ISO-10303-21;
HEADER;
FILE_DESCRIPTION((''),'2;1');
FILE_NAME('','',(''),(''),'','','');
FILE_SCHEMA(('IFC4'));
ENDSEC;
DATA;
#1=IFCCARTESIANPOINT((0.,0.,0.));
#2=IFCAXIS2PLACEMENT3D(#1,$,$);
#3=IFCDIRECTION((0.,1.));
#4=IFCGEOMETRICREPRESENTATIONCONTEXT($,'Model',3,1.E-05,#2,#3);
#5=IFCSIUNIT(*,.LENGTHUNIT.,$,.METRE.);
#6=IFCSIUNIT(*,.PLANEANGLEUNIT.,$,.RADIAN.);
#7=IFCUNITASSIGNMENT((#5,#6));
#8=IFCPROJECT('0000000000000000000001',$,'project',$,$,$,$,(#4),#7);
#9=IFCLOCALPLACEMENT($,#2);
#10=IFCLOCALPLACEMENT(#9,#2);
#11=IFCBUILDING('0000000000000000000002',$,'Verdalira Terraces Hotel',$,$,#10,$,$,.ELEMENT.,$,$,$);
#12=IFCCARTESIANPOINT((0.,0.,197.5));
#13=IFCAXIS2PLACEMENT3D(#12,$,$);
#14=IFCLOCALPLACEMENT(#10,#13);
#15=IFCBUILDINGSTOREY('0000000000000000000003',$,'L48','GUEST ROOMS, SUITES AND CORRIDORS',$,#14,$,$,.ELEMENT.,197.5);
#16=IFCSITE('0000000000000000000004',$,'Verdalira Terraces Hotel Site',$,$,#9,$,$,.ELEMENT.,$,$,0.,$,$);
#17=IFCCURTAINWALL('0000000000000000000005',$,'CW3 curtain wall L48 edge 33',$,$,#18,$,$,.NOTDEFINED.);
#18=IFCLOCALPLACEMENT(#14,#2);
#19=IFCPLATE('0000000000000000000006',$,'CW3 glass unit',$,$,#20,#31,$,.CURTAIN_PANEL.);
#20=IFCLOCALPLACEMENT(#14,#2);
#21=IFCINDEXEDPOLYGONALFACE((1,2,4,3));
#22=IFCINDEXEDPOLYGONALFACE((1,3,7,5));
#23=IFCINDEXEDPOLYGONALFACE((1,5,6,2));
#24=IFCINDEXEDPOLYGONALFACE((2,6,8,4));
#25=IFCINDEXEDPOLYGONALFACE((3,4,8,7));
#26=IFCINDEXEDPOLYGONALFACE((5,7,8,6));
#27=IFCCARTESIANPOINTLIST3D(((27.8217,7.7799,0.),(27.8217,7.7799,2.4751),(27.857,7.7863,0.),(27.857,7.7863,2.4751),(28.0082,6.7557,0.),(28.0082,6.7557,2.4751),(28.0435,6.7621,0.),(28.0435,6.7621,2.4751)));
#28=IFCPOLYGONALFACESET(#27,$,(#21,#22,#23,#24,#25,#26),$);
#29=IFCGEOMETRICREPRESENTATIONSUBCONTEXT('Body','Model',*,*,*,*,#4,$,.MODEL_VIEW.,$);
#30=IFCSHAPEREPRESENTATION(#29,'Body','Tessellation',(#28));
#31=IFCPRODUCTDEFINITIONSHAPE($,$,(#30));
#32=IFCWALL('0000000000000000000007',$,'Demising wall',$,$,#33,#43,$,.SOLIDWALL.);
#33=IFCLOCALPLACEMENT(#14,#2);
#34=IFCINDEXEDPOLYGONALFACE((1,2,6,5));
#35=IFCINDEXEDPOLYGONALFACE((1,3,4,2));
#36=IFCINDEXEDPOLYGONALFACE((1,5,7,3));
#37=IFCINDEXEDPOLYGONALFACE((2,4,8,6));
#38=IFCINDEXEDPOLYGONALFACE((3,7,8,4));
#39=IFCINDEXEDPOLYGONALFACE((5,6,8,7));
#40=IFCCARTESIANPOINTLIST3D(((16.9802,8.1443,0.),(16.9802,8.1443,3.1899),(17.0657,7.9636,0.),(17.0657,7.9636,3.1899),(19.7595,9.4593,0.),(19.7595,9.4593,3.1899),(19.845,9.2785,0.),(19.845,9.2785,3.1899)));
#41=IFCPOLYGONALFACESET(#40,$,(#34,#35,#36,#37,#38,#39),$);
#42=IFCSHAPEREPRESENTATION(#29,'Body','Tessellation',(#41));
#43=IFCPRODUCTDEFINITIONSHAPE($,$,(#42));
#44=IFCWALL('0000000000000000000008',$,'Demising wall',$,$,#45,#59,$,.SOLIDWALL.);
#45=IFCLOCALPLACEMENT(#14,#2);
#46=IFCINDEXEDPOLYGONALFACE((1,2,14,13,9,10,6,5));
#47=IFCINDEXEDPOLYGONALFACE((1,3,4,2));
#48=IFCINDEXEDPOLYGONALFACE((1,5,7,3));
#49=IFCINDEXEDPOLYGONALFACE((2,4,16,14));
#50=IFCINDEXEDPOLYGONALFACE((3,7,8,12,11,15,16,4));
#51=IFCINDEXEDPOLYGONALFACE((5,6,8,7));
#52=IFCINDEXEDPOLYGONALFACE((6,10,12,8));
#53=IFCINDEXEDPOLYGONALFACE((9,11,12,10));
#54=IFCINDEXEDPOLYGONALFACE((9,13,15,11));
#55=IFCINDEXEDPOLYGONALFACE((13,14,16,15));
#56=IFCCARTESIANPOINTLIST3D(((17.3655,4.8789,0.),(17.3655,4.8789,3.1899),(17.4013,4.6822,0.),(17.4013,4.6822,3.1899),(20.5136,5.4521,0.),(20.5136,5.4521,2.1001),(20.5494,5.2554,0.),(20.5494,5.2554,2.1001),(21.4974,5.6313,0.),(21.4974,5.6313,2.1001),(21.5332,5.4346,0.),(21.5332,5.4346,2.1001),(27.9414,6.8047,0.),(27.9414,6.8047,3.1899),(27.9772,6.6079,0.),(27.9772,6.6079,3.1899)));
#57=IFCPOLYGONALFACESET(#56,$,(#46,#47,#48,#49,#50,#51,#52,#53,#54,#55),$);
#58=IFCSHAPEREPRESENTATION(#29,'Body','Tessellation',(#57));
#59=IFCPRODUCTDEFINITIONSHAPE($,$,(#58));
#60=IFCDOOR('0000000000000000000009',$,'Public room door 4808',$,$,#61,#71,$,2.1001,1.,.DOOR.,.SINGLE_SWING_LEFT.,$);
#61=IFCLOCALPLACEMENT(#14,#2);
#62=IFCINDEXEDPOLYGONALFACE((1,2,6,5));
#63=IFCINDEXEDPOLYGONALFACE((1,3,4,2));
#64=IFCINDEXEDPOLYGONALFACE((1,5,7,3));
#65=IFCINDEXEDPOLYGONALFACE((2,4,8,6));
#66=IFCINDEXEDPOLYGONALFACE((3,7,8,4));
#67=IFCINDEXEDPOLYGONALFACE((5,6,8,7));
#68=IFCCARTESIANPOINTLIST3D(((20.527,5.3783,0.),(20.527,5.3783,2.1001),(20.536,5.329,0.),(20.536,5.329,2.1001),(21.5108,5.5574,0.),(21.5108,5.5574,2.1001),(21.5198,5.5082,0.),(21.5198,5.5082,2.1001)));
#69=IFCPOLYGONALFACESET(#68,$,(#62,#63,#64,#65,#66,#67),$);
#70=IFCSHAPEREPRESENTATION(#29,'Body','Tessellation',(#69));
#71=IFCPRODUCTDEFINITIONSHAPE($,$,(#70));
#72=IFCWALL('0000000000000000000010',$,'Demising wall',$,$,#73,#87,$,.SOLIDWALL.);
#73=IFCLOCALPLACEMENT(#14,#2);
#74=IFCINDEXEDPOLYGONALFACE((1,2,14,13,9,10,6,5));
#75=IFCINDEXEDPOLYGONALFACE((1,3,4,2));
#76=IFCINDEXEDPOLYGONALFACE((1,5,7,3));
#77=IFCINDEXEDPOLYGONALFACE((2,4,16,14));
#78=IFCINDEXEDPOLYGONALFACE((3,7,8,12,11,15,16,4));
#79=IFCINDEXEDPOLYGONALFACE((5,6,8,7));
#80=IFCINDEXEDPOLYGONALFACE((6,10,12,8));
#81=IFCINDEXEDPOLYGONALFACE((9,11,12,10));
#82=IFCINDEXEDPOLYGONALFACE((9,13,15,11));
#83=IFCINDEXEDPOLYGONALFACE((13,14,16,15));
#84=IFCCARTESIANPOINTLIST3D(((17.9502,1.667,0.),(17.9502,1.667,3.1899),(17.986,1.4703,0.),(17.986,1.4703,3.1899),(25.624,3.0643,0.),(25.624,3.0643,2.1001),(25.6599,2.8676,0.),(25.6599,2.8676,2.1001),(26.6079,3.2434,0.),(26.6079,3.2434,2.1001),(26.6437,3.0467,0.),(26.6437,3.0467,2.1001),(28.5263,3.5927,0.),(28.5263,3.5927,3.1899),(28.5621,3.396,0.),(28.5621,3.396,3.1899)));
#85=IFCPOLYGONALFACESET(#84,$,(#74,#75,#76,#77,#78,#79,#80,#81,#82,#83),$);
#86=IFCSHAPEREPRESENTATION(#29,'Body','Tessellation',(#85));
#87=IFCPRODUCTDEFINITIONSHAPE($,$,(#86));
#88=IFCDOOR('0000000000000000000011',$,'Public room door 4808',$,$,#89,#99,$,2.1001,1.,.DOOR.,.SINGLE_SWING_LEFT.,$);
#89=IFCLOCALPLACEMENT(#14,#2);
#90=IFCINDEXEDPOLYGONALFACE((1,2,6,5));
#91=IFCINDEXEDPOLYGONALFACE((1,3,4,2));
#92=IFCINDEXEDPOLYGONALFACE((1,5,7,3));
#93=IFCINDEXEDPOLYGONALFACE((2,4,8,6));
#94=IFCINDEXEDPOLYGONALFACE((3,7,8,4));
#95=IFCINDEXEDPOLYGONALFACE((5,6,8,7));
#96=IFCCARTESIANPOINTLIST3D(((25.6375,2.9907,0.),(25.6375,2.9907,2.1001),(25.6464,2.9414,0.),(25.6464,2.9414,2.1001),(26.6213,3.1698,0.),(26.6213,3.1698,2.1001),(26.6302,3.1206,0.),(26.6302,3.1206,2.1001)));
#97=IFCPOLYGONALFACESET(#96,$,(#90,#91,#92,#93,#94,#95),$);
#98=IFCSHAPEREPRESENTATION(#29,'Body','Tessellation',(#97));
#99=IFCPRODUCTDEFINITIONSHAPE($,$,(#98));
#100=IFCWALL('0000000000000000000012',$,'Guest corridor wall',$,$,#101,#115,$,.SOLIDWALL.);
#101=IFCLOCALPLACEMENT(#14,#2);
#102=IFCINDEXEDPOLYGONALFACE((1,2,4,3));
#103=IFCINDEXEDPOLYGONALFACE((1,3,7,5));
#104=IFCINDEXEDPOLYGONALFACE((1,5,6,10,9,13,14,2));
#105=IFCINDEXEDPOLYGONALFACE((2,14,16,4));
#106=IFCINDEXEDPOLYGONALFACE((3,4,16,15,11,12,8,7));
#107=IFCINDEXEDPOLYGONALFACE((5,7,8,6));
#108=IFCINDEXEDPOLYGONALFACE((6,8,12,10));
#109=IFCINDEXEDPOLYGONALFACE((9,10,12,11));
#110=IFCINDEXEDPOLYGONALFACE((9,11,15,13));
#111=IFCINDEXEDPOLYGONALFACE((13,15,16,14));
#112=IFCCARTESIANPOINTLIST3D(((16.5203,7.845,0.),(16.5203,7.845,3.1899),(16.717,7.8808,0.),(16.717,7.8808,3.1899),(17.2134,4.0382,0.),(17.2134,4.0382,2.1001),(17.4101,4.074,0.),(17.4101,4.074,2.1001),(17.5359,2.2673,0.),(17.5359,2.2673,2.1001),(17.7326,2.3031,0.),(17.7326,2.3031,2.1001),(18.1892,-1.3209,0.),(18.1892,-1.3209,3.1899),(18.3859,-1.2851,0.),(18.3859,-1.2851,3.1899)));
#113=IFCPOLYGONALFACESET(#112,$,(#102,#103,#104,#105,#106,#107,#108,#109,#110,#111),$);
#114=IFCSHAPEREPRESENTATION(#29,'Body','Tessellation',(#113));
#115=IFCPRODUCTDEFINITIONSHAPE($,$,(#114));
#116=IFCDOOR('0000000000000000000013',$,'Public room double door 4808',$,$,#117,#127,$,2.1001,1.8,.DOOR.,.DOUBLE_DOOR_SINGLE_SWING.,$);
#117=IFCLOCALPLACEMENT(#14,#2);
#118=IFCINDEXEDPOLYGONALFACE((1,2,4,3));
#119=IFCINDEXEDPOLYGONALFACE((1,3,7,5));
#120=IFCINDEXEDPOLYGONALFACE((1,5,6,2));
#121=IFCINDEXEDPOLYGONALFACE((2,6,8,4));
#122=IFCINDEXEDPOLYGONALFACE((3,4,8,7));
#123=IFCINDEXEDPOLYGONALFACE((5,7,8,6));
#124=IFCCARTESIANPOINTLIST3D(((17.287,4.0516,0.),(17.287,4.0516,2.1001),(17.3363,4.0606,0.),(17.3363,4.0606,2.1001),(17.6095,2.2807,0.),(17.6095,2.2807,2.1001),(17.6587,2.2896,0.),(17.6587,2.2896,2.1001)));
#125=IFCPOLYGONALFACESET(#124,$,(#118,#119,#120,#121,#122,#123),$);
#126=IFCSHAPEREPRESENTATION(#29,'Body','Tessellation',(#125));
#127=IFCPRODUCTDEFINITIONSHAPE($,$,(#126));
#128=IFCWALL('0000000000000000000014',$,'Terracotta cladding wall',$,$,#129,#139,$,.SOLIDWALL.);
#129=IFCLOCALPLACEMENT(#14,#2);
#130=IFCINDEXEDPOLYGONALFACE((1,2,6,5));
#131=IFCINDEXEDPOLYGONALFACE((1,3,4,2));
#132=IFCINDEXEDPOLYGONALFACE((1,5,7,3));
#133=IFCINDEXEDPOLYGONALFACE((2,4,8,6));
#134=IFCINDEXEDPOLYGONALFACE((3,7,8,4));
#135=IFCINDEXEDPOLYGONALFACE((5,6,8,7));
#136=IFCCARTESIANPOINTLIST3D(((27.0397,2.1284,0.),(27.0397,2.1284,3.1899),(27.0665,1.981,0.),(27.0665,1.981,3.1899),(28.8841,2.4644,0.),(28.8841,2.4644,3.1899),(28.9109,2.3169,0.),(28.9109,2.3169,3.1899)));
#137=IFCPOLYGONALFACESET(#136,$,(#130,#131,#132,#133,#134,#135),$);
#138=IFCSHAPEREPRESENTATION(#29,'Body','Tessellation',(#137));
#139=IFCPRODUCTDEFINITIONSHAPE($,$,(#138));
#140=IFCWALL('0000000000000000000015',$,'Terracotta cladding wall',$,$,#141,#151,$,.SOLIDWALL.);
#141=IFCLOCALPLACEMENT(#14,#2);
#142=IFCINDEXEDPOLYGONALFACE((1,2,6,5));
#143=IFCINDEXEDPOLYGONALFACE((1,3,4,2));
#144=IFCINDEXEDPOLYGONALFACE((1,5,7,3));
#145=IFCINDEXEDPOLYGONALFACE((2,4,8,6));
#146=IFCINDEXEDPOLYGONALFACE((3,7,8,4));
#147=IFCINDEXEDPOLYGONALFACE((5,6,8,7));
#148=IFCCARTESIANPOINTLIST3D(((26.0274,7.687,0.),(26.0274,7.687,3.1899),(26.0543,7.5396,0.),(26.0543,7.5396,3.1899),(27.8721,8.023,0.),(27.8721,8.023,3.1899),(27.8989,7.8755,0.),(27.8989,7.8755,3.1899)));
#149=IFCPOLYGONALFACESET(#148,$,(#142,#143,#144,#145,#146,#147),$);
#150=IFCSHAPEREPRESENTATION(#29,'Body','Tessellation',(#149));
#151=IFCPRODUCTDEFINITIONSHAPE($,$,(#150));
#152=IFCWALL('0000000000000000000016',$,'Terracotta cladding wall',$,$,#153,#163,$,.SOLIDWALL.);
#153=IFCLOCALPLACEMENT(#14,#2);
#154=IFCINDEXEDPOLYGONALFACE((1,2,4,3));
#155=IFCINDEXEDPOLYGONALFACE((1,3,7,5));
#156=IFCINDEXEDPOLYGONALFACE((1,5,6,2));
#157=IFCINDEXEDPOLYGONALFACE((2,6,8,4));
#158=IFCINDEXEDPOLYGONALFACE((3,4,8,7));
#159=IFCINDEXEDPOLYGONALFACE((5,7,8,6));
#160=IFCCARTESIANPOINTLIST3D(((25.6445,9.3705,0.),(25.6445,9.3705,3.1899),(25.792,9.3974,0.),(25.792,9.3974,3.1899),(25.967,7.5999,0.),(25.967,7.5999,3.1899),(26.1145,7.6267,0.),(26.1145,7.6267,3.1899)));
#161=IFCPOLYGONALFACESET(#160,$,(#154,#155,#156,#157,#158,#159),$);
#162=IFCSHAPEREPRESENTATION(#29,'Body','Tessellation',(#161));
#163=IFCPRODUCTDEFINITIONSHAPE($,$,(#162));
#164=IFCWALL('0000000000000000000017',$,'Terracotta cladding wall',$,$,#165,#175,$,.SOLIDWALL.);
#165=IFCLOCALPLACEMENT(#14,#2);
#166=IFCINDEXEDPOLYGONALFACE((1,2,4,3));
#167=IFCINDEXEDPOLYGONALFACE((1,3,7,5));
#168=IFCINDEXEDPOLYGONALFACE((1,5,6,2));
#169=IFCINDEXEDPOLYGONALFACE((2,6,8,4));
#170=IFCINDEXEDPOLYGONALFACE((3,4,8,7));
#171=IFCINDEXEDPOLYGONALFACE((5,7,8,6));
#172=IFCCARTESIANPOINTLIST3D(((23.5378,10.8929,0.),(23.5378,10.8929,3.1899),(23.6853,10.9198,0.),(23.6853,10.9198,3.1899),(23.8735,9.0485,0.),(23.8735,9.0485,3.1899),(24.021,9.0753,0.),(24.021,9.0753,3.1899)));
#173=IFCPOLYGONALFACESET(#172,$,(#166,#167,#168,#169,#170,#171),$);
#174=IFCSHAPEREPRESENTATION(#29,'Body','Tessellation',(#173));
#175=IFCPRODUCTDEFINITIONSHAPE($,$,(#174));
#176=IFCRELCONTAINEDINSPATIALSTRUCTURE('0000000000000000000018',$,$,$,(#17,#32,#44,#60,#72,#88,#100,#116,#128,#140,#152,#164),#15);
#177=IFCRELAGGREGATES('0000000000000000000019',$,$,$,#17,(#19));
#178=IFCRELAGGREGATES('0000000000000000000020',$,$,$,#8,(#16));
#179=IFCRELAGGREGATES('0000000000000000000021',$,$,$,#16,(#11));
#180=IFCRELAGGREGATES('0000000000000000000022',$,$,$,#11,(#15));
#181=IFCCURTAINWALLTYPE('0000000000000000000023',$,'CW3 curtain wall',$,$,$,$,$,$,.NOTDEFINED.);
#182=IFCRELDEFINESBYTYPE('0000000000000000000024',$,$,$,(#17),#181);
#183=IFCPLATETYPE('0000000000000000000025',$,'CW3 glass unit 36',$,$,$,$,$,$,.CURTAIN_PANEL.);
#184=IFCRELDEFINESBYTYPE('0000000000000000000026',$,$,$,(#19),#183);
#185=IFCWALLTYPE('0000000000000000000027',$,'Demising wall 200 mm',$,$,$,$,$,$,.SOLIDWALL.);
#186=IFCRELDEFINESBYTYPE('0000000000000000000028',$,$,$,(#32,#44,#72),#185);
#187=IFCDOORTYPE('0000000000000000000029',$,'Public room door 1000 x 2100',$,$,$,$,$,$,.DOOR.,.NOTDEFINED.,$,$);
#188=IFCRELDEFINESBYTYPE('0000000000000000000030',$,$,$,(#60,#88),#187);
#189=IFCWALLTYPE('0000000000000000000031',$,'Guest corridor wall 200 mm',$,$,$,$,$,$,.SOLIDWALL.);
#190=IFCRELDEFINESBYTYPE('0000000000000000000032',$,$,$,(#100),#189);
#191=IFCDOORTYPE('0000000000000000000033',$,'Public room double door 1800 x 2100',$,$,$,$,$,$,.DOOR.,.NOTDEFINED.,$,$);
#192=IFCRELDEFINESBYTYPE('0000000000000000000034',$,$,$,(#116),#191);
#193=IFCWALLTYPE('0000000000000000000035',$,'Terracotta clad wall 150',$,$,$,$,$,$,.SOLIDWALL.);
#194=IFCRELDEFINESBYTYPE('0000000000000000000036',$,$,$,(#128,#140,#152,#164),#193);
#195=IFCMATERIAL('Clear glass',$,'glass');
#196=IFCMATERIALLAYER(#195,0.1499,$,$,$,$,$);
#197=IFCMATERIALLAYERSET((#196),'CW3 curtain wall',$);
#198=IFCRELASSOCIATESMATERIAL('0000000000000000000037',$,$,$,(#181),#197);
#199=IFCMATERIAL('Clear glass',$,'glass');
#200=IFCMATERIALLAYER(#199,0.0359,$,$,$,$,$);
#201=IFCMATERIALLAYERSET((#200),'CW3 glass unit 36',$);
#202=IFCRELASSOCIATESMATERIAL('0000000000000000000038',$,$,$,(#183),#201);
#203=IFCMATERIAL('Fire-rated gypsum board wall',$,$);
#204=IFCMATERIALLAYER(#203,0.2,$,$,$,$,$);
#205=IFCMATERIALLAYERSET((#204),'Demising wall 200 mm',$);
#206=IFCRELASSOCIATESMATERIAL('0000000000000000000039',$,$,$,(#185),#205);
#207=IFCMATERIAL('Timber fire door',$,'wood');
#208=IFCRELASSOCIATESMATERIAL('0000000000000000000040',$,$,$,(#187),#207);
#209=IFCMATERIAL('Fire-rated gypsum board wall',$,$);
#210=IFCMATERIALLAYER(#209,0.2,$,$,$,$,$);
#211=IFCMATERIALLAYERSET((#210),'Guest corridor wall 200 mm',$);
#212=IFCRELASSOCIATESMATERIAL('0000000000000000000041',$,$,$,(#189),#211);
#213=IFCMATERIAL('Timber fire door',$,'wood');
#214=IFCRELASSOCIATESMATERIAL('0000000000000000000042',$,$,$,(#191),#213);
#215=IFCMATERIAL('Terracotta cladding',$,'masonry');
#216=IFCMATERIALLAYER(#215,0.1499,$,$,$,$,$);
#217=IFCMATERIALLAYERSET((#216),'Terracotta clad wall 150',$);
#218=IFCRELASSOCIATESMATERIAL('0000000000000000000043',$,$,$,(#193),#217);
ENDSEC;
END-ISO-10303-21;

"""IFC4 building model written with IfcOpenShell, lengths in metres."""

from ifc_helpers import new_model, si_unit, direction, frame, frame_2d, origin, origin_2d, place, context, subcontext, project, spatial, rectangle, extrude, material, layer, layer_set, type_object, element, fill, aggregate, save


model = new_model("IFC4")

# Units and contexts
model_context = context("Model", 3, precision=1e-05, world=origin(), true_north=direction((0.0, 1.0)))
body_context = subcontext(model_context, "Body", "Model", "MODEL_VIEW")
ifc_project = project(units=[si_unit("LENGTHUNIT", "METRE"), si_unit("PLANEANGLEUNIT", "RADIAN")], contexts=[model_context])

# Site, building, storey
site_placement = place(None, origin())
site = spatial("IfcSite", under=ifc_project, at=site_placement, Name="Verdalira Terraces Hotel Site", CompositionType="ELEMENT", RefElevation=0.0)
building_placement = place(site_placement, origin())
building = spatial("IfcBuilding", under=site, at=building_placement, Name="Verdalira Terraces Hotel", CompositionType="ELEMENT")
storey_placement = place(building_placement, frame((0.0, 0.0, 197.5)))
storey = spatial("IfcBuildingStorey", under=building, at=storey_placement, Name="L48", Description="GUEST ROOMS, SUITES AND CORRIDORS", CompositionType="ELEMENT", Elevation=197.5)

# Curtain wall
ifc_material_1 = material(Name="Clear glass", Category="glass")
ifc_layer_1 = layer(ifc_material_1, 0.1499)
ifc_layer_set_1 = layer_set([ifc_layer_1], Name="CW3 curtain wall")
curtain_wall_type = type_object("IfcCurtainWallType", Name="CW3 curtain wall", PredefinedType="NOTDEFINED", material=ifc_layer_set_1)
curtain_wall_placement = place(storey_placement, origin())
curtain_wall = element("IfcCurtainWall", 1, at=curtain_wall_placement, inside=storey, type_object=curtain_wall_type, Name="CW3 curtain wall L48 edge 33", PredefinedType="NOTDEFINED")

# Plate
ifc_material_2 = material(Name="Clear glass", Category="glass")
ifc_layer_2 = layer(ifc_material_2, 0.0359)
ifc_layer_set_2 = layer_set([ifc_layer_2], Name="CW3 glass unit 36")
plate_type = type_object("IfcPlateType", Name="CW3 glass unit 36", PredefinedType="CURTAIN_PANEL", material=ifc_layer_set_2)
plate_1_placement = place(storey_placement, frame((27.9326, 7.271, 0.0), z_axis=(0.0, 0.0, 1.0), x_axis=(-0.179146, 0.983823, 0.0)))
plate_1 = element("IfcPlate", 2, at=plate_1_placement, type_object=plate_type, Name="CW3 glass unit", PredefinedType="CURTAIN_PANEL", context=body_context, shape_type="SweptSolid", body=[
    extrude(rectangle(XDim=1.041, YDim=0.0359, at=origin_2d()), origin(), (0.0, 0.0, 1.0), 2.4751),
])
aggregate(curtain_wall, [plate_1])

# Wall
ifc_material_3 = material(Name="Fire-rated gypsum board wall")
ifc_layer_3 = layer(ifc_material_3, 0.2)
ifc_layer_set_3 = layer_set([ifc_layer_3], Name="Demising wall 200 mm")
wall_type_1 = type_object("IfcWallType", Name="Demising wall 200 mm", PredefinedType="SOLIDWALL", material=ifc_layer_set_3)
wall_1_placement = place(storey_placement, frame((17.0229, 8.054, 0.0), z_axis=(0.0, 0.0, 1.0), x_axis=(0.903935, 0.42767, 0.0)))
element("IfcWall", 3, at=wall_1_placement, inside=storey, type_object=wall_type_1, Name="Demising wall", PredefinedType="SOLIDWALL", context=body_context, shape_type="SweptSolid", body=[
    extrude(rectangle(XDim=3.0747, YDim=0.2, at=frame_2d((1.5374, 0.0))), origin(), (0.0, 0.0, 1.0), 3.1899),
])

# Walls, openings, doors
wall_2_placement = place(storey_placement, frame((17.3833, 4.7805, 0.0), z_axis=(0.0, 0.0, 1.0), x_axis=(0.983823, 0.179145, 0.0)))
wall_2 = element("IfcWall", 4, at=wall_2_placement, inside=storey, type_object=wall_type_1, Name="Demising wall", PredefinedType="SOLIDWALL", context=body_context, shape_type="SweptSolid", body=[
    extrude(rectangle(XDim=10.7498, YDim=0.2, at=frame_2d((5.375, 0.0))), origin(), (0.0, 0.0, 1.0), 3.1899),
])
opening_1_placement = place(wall_2_placement, frame((3.2, 0.0, 0.0)))
opening_1 = element("IfcOpeningElement", 5, at=opening_1_placement, cuts=wall_2, PredefinedType="OPENING", context=body_context, shape_type="SweptSolid", body=[
    extrude(rectangle(XDim=1.0, YDim=2.1001, at=frame_2d((0.5, 1.05))), frame((0.0, 0.1099, 0.0), z_axis=(0.0, -1.0, 0.0), x_axis=(1.0, 0.0, 0.0)), (0.0, 0.0, 1.0), 0.22),
])
ifc_material_4 = material(Name="Timber fire door", Category="wood")
door_type_1 = type_object("IfcDoorType", Name="Public room door 1000 x 2100", OperationType="NOTDEFINED", PredefinedType="DOOR", material=ifc_material_4)
door_1_placement = place(opening_1_placement, origin())
door_1 = element("IfcDoor", 6, at=door_1_placement, inside=storey, type_object=door_type_1, Name="Public room door 4808", OperationType="SINGLE_SWING_LEFT", OverallHeight=2.1001, OverallWidth=1.0, PredefinedType="DOOR", context=body_context, shape_type="SweptSolid", body=[
    extrude(rectangle(XDim=1.0, YDim=2.1001, at=frame_2d((0.5, 1.05))), frame((0.0, 0.0249, 0.0), z_axis=(0.0, -1.0, 0.0), x_axis=(1.0, 0.0, 0.0)), (0.0, 0.0, 1.0), 0.05),
])
fill(opening_1, door_1)
wall_3_placement = place(storey_placement, frame((28.5442, 3.4944, 0.0), z_axis=(0.0, 0.0, 1.0), x_axis=(-0.983823, -0.179141, 0.0)))
wall_3 = element("IfcWall", 7, at=wall_3_placement, inside=storey, type_object=wall_type_1, Name="Demising wall", PredefinedType="SOLIDWALL", context=body_context, shape_type="SweptSolid", body=[
    extrude(rectangle(XDim=10.75, YDim=0.2, at=frame_2d((5.375, 0.0))), origin(), (0.0, 0.0, 1.0), 3.1899),
])
opening_2_placement = place(wall_3_placement, frame((1.95, 0.0, 0.0)))
opening_2 = element("IfcOpeningElement", 8, at=opening_2_placement, cuts=wall_3, PredefinedType="OPENING", context=body_context, shape_type="SweptSolid", body=[
    extrude(rectangle(XDim=1.0, YDim=2.1001, at=frame_2d((0.5, 1.05))), frame((0.0, 0.1099, 0.0), z_axis=(0.0, -1.0, 0.0), x_axis=(1.0, 0.0, 0.0)), (0.0, 0.0, 1.0), 0.22),
])
door_2_placement = place(opening_2_placement, origin())
door_2 = element("IfcDoor", 9, at=door_2_placement, inside=storey, type_object=door_type_1, Name="Public room door 4808", OperationType="SINGLE_SWING_LEFT", OverallHeight=2.1001, OverallWidth=1.0, PredefinedType="DOOR", context=body_context, shape_type="SweptSolid", body=[
    extrude(rectangle(XDim=1.0, YDim=2.1001, at=frame_2d((0.5, 1.05))), frame((0.0, 0.0249, 0.0), z_axis=(0.0, -1.0, 0.0), x_axis=(1.0, 0.0, 0.0)), (0.0, 0.0, 1.0), 0.05),
])
fill(opening_2, door_2)
ifc_material_5 = material(Name="Fire-rated gypsum board wall")
ifc_layer_4 = layer(ifc_material_5, 0.2)
ifc_layer_set_4 = layer_set([ifc_layer_4], Name="Guest corridor wall 200 mm")
wall_type_2 = type_object("IfcWallType", Name="Guest corridor wall 200 mm", PredefinedType="SOLIDWALL", material=ifc_layer_set_4)
wall_4_placement = place(storey_placement, frame((16.6187, 7.8628, 0.0), z_axis=(0.0, 0.0, 1.0), x_axis=(0.179134, -0.983825, 0.0)))
wall_4 = element("IfcWall", 10, at=wall_4_placement, inside=storey, type_object=wall_type_2, Name="Guest corridor wall", PredefinedType="SOLIDWALL", context=body_context, shape_type="SweptSolid", body=[
    extrude(rectangle(XDim=9.3166, YDim=0.2, at=frame_2d((4.6582, 0.0))), origin(), (0.0, 0.0, 1.0), 3.1899),
])
opening_3_placement = place(wall_4_placement, frame((3.8694, 0.0, 0.0)))
opening_3 = element("IfcOpeningElement", 11, at=opening_3_placement, cuts=wall_4, PredefinedType="OPENING", context=body_context, shape_type="SweptSolid", body=[
    extrude(rectangle(XDim=1.8, YDim=2.1001, at=frame_2d((0.8999, 1.05))), frame((0.0, 0.1099, 0.0), z_axis=(0.0, -1.0, 0.0), x_axis=(1.0, 0.0, 0.0)), (0.0, 0.0, 1.0), 0.22),
])
ifc_material_6 = material(Name="Timber fire door", Category="wood")
door_type_2 = type_object("IfcDoorType", Name="Public room double door 1800 x 2100", OperationType="NOTDEFINED", PredefinedType="DOOR", material=ifc_material_6)
door_3_placement = place(opening_3_placement, origin())
door_3 = element("IfcDoor", 12, at=door_3_placement, inside=storey, type_object=door_type_2, Name="Public room double door 4808", OperationType="DOUBLE_DOOR_SINGLE_SWING", OverallHeight=2.1001, OverallWidth=1.8, PredefinedType="DOOR", context=body_context, shape_type="SweptSolid", body=[
    extrude(rectangle(XDim=1.8, YDim=2.1001, at=frame_2d((0.8999, 1.05))), frame((0.0, 0.0249, 0.0), z_axis=(0.0, -1.0, 0.0), x_axis=(1.0, 0.0, 0.0)), (0.0, 0.0, 1.0), 0.05),
])
fill(opening_3, door_3)

# Walls
ifc_material_7 = material(Name="Terracotta cladding", Category="masonry")
ifc_layer_5 = layer(ifc_material_7, 0.1499)
ifc_layer_set_5 = layer_set([ifc_layer_5], Name="Terracotta clad wall 150")
wall_type_3 = type_object("IfcWallType", Name="Terracotta clad wall 150", PredefinedType="SOLIDWALL", material=ifc_layer_set_5)
wall_5_placement = place(storey_placement, frame((27.053, 2.0547, 0.0), z_axis=(0.0, 0.0, 1.0), x_axis=(0.983816, 0.179183, 0.0)))
element("IfcWall", 13, at=wall_5_placement, inside=storey, type_object=wall_type_3, Name="Terracotta cladding wall", PredefinedType="SOLIDWALL", context=body_context, shape_type="SweptSolid", body=[
    extrude(rectangle(XDim=1.8748, YDim=0.1499, at=frame_2d((0.9375, 0.0))), origin(), (0.0, 0.0, 1.0), 3.1899),
])
wall_6_placement = place(storey_placement, frame((27.8855, 7.9492, 0.0), z_axis=(0.0, 0.0, 1.0), x_axis=(-0.98382, -0.17916, 0.0)))
element("IfcWall", 14, at=wall_6_placement, inside=storey, type_object=wall_type_3, Name="Terracotta cladding wall", PredefinedType="SOLIDWALL", context=body_context, shape_type="SweptSolid", body=[
    extrude(rectangle(XDim=1.875, YDim=0.1499, at=frame_2d((0.9375, 0.0))), origin(), (0.0, 0.0, 1.0), 3.1899),
])
wall_7_placement = place(storey_placement, frame((26.0408, 7.6133, 0.0), z_axis=(0.0, 0.0, 1.0), x_axis=(-0.179184, 0.983816, 0.0)))
element("IfcWall", 15, at=wall_7_placement, inside=storey, type_object=wall_type_3, Name="Terracotta cladding wall", PredefinedType="SOLIDWALL", context=body_context, shape_type="SweptSolid", body=[
    extrude(rectangle(XDim=1.7998, YDim=0.1499, at=frame_2d((0.8999, 0.0))), origin(), (0.0, 0.0, 1.0), 3.1899),
])
wall_8_placement = place(storey_placement, frame((23.9473, 9.0618, 0.0), z_axis=(0.0, 0.0, 1.0), x_axis=(-0.179057, 0.983839, 0.0)))
element("IfcWall", 16, at=wall_8_placement, inside=storey, type_object=wall_type_3, Name="Terracotta cladding wall", PredefinedType="SOLIDWALL", context=body_context, shape_type="SweptSolid", body=[
    extrude(rectangle(XDim=1.8748, YDim=0.1499, at=frame_2d((0.9375, 0.0))), origin(), (0.0, 0.0, 1.0), 3.1899),
])

save(model, "model.ifc")
